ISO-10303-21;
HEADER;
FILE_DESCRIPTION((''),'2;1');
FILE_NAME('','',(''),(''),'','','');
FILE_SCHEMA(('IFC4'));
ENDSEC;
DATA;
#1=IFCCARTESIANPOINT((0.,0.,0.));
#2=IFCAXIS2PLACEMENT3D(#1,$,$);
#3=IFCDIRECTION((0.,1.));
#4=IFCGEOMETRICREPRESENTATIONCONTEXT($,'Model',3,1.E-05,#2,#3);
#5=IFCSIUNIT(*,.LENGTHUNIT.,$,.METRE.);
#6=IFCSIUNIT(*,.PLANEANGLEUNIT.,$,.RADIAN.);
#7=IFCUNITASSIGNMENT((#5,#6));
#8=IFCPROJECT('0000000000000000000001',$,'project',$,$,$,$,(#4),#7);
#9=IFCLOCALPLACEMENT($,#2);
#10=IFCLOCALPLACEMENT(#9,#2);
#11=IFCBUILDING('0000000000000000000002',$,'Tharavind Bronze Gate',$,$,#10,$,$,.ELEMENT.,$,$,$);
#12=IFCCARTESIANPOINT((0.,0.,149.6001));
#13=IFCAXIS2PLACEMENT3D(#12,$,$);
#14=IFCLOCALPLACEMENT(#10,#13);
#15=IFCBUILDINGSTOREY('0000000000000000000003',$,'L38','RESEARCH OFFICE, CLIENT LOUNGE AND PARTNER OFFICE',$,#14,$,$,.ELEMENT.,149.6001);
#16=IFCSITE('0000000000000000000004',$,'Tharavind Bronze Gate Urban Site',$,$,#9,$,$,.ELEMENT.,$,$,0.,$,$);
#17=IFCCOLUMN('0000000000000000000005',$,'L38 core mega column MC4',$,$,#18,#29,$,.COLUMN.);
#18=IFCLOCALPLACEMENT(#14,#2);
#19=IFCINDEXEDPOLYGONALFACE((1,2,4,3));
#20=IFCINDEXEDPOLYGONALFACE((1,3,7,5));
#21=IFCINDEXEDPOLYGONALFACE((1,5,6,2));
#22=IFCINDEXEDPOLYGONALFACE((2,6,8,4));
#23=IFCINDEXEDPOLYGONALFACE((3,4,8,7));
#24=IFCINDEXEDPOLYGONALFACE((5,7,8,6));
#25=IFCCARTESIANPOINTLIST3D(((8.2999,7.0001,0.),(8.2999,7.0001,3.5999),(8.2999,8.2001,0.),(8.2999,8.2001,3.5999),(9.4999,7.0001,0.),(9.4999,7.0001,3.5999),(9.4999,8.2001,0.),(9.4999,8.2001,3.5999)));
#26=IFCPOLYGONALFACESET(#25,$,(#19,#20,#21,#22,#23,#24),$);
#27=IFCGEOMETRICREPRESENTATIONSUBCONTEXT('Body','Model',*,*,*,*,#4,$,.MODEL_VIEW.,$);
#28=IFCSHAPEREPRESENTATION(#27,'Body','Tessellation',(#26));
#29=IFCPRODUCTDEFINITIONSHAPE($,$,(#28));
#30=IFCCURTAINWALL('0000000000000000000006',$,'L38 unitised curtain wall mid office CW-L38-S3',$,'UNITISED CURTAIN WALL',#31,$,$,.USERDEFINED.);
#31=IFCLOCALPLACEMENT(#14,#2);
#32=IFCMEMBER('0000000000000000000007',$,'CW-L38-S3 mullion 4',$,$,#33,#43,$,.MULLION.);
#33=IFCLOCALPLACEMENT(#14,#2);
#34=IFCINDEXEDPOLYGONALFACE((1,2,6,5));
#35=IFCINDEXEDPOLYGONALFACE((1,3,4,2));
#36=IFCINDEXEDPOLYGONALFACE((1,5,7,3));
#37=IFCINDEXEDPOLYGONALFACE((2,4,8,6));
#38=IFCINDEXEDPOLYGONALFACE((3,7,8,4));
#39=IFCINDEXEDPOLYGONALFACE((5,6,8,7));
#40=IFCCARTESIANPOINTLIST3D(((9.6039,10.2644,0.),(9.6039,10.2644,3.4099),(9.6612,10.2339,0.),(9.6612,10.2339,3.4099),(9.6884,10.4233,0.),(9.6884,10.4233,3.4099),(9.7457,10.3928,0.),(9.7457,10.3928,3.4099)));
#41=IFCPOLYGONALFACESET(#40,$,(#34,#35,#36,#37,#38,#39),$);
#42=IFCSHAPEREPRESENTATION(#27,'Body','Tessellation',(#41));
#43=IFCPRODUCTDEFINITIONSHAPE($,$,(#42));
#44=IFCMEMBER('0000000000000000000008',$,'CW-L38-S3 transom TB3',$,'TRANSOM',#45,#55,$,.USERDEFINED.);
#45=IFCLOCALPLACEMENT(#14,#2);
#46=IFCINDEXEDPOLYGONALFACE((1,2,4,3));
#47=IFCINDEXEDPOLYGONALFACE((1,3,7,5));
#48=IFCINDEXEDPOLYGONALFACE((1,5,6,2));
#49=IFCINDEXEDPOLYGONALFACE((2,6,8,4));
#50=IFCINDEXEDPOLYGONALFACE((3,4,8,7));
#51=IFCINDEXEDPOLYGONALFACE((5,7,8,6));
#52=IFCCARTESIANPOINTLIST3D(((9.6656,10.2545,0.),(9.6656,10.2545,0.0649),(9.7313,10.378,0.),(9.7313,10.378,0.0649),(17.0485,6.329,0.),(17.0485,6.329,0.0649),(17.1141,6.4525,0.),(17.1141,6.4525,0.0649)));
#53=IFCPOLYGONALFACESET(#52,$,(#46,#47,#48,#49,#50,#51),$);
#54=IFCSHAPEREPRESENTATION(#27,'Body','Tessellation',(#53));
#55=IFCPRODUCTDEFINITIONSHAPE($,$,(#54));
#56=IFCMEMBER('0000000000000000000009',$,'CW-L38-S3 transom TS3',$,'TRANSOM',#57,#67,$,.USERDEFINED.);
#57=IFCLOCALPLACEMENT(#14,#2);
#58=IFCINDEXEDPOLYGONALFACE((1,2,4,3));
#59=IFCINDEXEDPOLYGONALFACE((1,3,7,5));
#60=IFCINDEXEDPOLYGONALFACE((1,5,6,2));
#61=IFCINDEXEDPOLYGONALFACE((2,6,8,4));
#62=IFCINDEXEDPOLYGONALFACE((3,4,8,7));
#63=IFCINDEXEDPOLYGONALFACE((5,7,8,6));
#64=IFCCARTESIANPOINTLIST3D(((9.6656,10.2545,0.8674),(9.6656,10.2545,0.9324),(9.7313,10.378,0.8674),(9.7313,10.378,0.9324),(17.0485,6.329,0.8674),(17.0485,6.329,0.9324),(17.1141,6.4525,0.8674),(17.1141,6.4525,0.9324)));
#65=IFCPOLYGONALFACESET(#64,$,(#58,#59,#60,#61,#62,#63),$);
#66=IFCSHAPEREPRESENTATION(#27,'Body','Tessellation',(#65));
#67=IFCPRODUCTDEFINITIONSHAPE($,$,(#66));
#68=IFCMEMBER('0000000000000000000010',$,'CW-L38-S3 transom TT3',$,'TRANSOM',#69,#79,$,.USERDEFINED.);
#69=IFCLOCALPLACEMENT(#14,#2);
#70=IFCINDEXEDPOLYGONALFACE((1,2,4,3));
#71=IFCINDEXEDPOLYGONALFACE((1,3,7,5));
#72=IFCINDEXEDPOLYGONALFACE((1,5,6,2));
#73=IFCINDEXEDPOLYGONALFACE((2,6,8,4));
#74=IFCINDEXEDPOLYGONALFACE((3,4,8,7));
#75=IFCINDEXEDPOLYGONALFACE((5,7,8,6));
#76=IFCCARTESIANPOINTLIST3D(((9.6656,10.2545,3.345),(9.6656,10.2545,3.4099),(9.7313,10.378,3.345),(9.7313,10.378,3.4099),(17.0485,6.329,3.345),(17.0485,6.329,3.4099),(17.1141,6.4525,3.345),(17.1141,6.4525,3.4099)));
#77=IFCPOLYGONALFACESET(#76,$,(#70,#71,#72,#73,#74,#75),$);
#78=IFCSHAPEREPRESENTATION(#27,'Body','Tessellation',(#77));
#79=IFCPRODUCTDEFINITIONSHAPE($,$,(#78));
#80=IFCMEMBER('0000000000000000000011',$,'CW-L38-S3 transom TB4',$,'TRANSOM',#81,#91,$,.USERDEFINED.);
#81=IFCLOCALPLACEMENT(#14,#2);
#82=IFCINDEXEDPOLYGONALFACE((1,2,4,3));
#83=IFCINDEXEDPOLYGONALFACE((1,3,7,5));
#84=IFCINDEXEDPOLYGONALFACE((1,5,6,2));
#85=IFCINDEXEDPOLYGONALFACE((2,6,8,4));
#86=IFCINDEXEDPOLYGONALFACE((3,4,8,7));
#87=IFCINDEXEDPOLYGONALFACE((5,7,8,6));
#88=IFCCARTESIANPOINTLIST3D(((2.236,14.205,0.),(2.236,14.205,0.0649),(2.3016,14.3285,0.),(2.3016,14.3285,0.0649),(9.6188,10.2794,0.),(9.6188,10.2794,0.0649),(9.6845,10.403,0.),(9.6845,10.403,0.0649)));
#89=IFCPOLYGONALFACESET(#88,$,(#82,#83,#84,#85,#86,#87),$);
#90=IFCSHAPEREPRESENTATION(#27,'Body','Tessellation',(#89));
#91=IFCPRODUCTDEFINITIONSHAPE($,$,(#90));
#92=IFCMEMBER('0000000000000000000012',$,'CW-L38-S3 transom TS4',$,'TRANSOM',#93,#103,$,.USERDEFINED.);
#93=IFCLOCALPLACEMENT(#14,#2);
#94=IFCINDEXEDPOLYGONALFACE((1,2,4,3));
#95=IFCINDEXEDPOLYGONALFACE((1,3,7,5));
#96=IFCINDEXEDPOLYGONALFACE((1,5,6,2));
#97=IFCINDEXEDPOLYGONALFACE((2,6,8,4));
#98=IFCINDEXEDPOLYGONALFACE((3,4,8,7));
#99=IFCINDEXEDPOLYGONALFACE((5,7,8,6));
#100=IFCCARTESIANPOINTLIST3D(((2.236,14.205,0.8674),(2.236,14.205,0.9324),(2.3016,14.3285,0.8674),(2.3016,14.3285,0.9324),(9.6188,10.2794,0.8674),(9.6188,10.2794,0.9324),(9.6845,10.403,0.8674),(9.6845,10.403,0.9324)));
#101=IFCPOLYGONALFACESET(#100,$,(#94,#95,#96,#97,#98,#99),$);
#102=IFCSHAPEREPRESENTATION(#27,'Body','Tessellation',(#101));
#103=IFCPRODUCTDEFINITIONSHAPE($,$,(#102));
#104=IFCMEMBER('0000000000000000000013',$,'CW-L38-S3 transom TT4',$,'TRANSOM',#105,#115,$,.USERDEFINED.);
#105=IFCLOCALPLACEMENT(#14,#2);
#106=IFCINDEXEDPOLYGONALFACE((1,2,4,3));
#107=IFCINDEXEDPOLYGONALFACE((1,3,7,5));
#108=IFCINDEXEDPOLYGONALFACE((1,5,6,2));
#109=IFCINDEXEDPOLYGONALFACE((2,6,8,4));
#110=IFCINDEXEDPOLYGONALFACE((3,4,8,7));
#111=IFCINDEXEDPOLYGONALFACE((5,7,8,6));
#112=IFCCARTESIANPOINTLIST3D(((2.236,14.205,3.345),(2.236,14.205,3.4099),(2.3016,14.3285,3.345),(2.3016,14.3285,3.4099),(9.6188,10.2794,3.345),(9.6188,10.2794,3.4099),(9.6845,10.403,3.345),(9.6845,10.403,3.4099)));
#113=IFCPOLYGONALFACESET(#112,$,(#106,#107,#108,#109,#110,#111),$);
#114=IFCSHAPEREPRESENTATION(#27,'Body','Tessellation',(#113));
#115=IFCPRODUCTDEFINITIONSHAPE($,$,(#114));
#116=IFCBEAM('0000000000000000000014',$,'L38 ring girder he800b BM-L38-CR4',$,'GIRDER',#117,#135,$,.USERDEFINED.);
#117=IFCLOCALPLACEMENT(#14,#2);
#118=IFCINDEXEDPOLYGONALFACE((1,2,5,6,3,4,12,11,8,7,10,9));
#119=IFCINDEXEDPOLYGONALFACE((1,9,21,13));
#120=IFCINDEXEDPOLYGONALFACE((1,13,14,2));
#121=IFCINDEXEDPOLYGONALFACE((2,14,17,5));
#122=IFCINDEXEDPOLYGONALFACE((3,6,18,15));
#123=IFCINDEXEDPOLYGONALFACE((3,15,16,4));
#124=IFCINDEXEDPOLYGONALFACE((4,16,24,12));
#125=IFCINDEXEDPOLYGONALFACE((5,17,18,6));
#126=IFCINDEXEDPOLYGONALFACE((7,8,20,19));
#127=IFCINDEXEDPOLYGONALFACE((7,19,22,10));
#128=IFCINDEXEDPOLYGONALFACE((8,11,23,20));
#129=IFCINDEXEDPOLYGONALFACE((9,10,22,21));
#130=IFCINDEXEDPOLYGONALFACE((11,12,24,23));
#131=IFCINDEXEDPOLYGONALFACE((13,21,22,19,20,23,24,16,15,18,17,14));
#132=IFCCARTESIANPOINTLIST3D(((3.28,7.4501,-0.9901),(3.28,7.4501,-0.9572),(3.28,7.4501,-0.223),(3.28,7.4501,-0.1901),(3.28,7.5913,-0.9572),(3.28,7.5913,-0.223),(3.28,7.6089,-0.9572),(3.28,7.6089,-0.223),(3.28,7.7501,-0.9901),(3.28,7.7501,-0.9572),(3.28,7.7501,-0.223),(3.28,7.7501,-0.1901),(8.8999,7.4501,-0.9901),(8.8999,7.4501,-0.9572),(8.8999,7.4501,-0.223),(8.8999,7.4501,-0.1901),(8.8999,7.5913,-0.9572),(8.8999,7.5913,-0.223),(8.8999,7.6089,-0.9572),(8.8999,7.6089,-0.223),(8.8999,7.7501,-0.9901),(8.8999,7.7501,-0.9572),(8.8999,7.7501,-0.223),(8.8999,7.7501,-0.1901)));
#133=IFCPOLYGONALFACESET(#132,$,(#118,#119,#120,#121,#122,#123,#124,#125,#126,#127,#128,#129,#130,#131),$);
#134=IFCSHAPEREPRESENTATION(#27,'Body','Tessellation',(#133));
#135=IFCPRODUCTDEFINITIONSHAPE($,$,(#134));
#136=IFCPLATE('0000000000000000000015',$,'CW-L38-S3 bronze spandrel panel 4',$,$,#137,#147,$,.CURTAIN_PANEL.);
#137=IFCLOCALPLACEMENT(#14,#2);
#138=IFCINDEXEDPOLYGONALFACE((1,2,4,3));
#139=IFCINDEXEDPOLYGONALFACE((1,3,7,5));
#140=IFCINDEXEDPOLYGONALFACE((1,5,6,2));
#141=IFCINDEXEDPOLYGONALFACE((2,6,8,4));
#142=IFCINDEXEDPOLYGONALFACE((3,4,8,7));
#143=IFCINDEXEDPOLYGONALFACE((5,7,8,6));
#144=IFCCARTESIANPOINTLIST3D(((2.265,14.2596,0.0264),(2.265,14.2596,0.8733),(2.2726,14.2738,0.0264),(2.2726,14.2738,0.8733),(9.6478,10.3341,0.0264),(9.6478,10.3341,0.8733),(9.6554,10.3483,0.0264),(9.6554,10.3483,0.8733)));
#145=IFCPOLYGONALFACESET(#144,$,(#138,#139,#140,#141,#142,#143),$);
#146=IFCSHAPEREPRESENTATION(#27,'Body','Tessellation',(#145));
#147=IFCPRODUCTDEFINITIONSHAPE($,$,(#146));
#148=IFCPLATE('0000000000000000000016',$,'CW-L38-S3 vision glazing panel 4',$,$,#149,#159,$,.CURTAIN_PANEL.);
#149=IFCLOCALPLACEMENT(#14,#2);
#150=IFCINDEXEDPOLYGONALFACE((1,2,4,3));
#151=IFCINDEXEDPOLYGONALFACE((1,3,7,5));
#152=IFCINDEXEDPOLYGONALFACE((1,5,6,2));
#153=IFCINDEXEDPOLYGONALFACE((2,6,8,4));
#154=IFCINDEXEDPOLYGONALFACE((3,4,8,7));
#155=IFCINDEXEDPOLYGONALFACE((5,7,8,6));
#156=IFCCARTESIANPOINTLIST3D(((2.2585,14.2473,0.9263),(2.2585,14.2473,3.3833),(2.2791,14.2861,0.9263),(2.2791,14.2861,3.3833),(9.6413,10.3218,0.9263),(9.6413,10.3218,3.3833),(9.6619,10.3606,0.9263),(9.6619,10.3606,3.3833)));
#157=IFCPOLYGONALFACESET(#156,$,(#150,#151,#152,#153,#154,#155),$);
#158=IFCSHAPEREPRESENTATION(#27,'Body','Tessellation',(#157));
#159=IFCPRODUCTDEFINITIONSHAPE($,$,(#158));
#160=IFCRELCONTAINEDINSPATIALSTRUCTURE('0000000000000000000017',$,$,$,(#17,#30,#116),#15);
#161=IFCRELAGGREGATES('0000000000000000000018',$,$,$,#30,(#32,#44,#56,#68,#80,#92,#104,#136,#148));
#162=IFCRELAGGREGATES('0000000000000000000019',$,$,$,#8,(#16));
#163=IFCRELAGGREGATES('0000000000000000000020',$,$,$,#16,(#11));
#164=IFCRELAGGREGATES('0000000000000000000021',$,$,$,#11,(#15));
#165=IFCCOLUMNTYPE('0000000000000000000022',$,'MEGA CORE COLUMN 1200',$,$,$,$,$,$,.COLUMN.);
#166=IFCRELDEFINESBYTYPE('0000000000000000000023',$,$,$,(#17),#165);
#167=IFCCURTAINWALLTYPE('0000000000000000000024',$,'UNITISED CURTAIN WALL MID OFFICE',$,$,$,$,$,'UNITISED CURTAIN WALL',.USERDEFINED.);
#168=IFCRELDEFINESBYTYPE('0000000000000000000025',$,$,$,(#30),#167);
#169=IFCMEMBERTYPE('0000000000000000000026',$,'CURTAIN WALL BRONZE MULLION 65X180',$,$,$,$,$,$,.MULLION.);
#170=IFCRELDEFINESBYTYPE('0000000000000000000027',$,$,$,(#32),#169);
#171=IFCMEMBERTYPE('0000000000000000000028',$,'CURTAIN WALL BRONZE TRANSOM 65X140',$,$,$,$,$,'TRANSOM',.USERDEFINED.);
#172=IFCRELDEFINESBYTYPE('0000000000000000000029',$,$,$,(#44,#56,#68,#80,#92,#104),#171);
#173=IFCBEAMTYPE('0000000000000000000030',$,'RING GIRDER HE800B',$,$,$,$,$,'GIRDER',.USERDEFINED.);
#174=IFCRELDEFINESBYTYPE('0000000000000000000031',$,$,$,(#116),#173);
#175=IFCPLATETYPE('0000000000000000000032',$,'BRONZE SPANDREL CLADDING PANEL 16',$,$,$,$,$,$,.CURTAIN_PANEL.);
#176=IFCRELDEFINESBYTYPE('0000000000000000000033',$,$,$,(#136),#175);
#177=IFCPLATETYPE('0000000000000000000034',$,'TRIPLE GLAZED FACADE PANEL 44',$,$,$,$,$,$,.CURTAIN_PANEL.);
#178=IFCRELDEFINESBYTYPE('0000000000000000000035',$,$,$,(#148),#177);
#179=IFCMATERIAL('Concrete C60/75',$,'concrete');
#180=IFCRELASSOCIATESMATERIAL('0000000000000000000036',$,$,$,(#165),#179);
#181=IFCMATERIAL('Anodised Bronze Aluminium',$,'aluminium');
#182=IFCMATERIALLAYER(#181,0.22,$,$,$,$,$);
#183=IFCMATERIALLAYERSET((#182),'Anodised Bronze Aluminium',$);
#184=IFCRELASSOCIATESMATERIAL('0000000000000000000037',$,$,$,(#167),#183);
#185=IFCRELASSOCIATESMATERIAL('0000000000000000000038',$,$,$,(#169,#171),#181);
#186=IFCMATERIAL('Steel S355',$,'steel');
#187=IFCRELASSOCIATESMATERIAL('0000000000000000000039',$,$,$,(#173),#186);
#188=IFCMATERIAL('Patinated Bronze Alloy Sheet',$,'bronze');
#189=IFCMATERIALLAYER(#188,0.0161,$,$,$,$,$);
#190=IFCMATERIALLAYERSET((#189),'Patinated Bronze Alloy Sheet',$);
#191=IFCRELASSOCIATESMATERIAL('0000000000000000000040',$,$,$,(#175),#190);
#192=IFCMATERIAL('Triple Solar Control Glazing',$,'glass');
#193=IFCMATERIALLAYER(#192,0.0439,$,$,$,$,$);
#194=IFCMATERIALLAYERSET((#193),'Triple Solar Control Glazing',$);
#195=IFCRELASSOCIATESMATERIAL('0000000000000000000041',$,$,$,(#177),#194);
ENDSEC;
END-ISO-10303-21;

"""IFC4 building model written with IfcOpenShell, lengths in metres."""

from ifc_helpers import new_model, si_unit, direction, frame, origin, origin_2d, place, context, subcontext, project, spatial, rectangle, i_section, extrude, material, layer, layer_set, material_profile, profile_set, type_object, element, aggregate, save


model = new_model("IFC4")

# Units and contexts
model_context = context("Model", 3, precision=1e-05, world=origin(), true_north=direction((0.0, 1.0)))
body_context = subcontext(model_context, "Body", "Model", "MODEL_VIEW")
ifc_project = project(units=[si_unit("LENGTHUNIT", "METRE"), si_unit("PLANEANGLEUNIT", "RADIAN")], contexts=[model_context])

# Site, building, storey
site_placement = place(None, origin())
site = spatial("IfcSite", under=ifc_project, at=site_placement, Name="Tharavind Bronze Gate Urban Site", CompositionType="ELEMENT", RefElevation=0.0)
building_placement = place(site_placement, origin())
building = spatial("IfcBuilding", under=site, at=building_placement, Name="Tharavind Bronze Gate", CompositionType="ELEMENT")
storey_placement = place(building_placement, frame((0.0, 0.0, 149.6001)))
storey = spatial("IfcBuildingStorey", under=building, at=storey_placement, Name="L38", Description="RESEARCH OFFICE, CLIENT LOUNGE AND PARTNER OFFICE", CompositionType="ELEMENT", Elevation=149.6001)

# Column
ifc_material_1 = material(Name="Concrete C60/75", Category="concrete")
ifc_material_profile_1 = material_profile(ifc_material_1, rectangle(XDim=1.2, YDim=1.2, at=origin_2d()), Name="RCCOL1200")
ifc_profile_set_1 = profile_set([ifc_material_profile_1], Name="Concrete C60/75")
column_type = type_object("IfcColumnType", Name="MEGA CORE COLUMN 1200", PredefinedType="COLUMN", material=ifc_profile_set_1)
column_placement = place(storey_placement, frame((8.8999, 7.6001, 0.0), z_axis=(0.0, 0.0, 1.0), x_axis=(1.0, 0.0, 0.0)))
element("IfcColumn", 1, at=column_placement, inside=storey, type_object=column_type, Name="L38 core mega column MC4", PredefinedType="COLUMN", context=body_context, shape_type="SweptSolid", body=[
    extrude(rectangle(XDim=1.2, YDim=1.2, at=origin_2d()), origin(), (0.0, 0.0, 1.0), 3.5999),
])

# Curtain wall, members
ifc_material_2 = material(Name="Anodised Bronze Aluminium", Category="aluminium")
ifc_layer_1 = layer(ifc_material_2, 0.22)
ifc_layer_set_1 = layer_set([ifc_layer_1], Name="Anodised Bronze Aluminium")
curtain_wall_type = type_object("IfcCurtainWallType", Name="UNITISED CURTAIN WALL MID OFFICE", ElementType="UNITISED CURTAIN WALL", PredefinedType="USERDEFINED", material=ifc_layer_set_1)
curtain_wall_placement = place(storey_placement, origin())
curtain_wall = element("IfcCurtainWall", 2, at=curtain_wall_placement, inside=storey, type_object=curtain_wall_type, Name="L38 unitised curtain wall mid office CW-L38-S3", ObjectType="UNITISED CURTAIN WALL", PredefinedType="USERDEFINED")
member_type_1 = type_object("IfcMemberType", Name="CURTAIN WALL BRONZE MULLION 65X180", PredefinedType="MULLION", material=ifc_material_2)
member_1_placement = place(storey_placement, frame((9.6748, 10.3286, 0.0), z_axis=(0.0, 0.0, 1.0), x_axis=(-0.882948, 0.469472, 0.0)))
member_1 = element("IfcMember", 3, at=member_1_placement, type_object=member_type_1, Name="CW-L38-S3 mullion 4", PredefinedType="MULLION", context=body_context, shape_type="SweptSolid", body=[
    extrude(rectangle(XDim=0.0649, YDim=0.1799, at=origin_2d()), origin(), (0.0, 0.0, 1.0), 3.4099),
])
member_type_2 = type_object("IfcMemberType", Name="CURTAIN WALL BRONZE TRANSOM 65X140", ElementType="TRANSOM", PredefinedType="USERDEFINED", material=ifc_material_2)
member_2_placement = place(storey_placement, frame((13.3899, 8.3535, 0.0), z_axis=(0.0, 0.0, 1.0), x_axis=(-0.882948, 0.469472, 0.0)))
member_2 = element("IfcMember", 4, at=member_2_placement, type_object=member_type_2, Name="CW-L38-S3 transom TB3", ObjectType="TRANSOM", PredefinedType="USERDEFINED", context=body_context, shape_type="SweptSolid", body=[
    extrude(rectangle(XDim=8.3616, YDim=0.1399, at=origin_2d()), origin(), (0.0, 0.0, 1.0), 0.0649),
])
member_3_placement = place(storey_placement, frame((13.3899, 8.3535, 0.8674), z_axis=(0.0, 0.0, 1.0), x_axis=(-0.882948, 0.469472, 0.0)))
member_3 = element("IfcMember", 5, at=member_3_placement, type_object=member_type_2, Name="CW-L38-S3 transom TS3", ObjectType="TRANSOM", PredefinedType="USERDEFINED", context=body_context, shape_type="SweptSolid", body=[
    extrude(rectangle(XDim=8.3616, YDim=0.1399, at=origin_2d()), origin(), (0.0, 0.0, 1.0), 0.0649),
])
member_4_placement = place(storey_placement, frame((13.3899, 8.3535, 3.345), z_axis=(0.0, 0.0, 1.0), x_axis=(-0.882948, 0.469472, 0.0)))
member_4 = element("IfcMember", 6, at=member_4_placement, type_object=member_type_2, Name="CW-L38-S3 transom TT3", ObjectType="TRANSOM", PredefinedType="USERDEFINED", context=body_context, shape_type="SweptSolid", body=[
    extrude(rectangle(XDim=8.3616, YDim=0.1399, at=origin_2d()), origin(), (0.0, 0.0, 1.0), 0.0649),
])
member_5_placement = place(storey_placement, frame((5.9602, 12.304, 0.0), z_axis=(0.0, 0.0, 1.0), x_axis=(-0.882948, 0.469472, 0.0)))
member_5 = element("IfcMember", 7, at=member_5_placement, type_object=member_type_2, Name="CW-L38-S3 transom TB4", ObjectType="TRANSOM", PredefinedType="USERDEFINED", context=body_context, shape_type="SweptSolid", body=[
    extrude(rectangle(XDim=8.3616, YDim=0.1399, at=origin_2d()), origin(), (0.0, 0.0, 1.0), 0.0649),
])
member_6_placement = place(storey_placement, frame((5.9602, 12.304, 0.8674), z_axis=(0.0, 0.0, 1.0), x_axis=(-0.882948, 0.469472, 0.0)))
member_6 = element("IfcMember", 8, at=member_6_placement, type_object=member_type_2, Name="CW-L38-S3 transom TS4", ObjectType="TRANSOM", PredefinedType="USERDEFINED", context=body_context, shape_type="SweptSolid", body=[
    extrude(rectangle(XDim=8.3616, YDim=0.1399, at=origin_2d()), origin(), (0.0, 0.0, 1.0), 0.0649),
])
member_7_placement = place(storey_placement, frame((5.9602, 12.304, 3.345), z_axis=(0.0, 0.0, 1.0), x_axis=(-0.882948, 0.469472, 0.0)))
member_7 = element("IfcMember", 9, at=member_7_placement, type_object=member_type_2, Name="CW-L38-S3 transom TT4", ObjectType="TRANSOM", PredefinedType="USERDEFINED", context=body_context, shape_type="SweptSolid", body=[
    extrude(rectangle(XDim=8.3616, YDim=0.1399, at=origin_2d()), origin(), (0.0, 0.0, 1.0), 0.0649),
])

# Beam
ifc_material_3 = material(Name="Steel S355", Category="steel")
ifc_material_profile_2 = material_profile(ifc_material_3, i_section(OverallWidth=0.3, OverallDepth=0.8, WebThickness=0.0176, FlangeThickness=0.033, at=origin_2d()), Name="HE800B")
ifc_profile_set_2 = profile_set([ifc_material_profile_2], Name="Steel S355")
beam_type = type_object("IfcBeamType", Name="RING GIRDER HE800B", ElementType="GIRDER", PredefinedType="USERDEFINED", material=ifc_profile_set_2)
beam_placement = place(storey_placement, frame((8.8999, 7.6001, -0.5901), z_axis=(-1.0, 0.0, 0.0), x_axis=(0.0, -1.0, 0.0)))
element("IfcBeam", 10, at=beam_placement, inside=storey, type_object=beam_type, Name="L38 ring girder he800b BM-L38-CR4", ObjectType="GIRDER", PredefinedType="USERDEFINED", context=body_context, shape_type="SweptSolid", body=[
    extrude(i_section(OverallWidth=0.3, OverallDepth=0.8, WebThickness=0.0176, FlangeThickness=0.033, at=origin_2d()), origin(), (0.0, 0.0, 1.0), 5.6199),
])

# Plates
ifc_material_4 = material(Name="Patinated Bronze Alloy Sheet", Category="bronze")
ifc_layer_2 = layer(ifc_material_4, 0.0161)
ifc_layer_set_2 = layer_set([ifc_layer_2], Name="Patinated Bronze Alloy Sheet")
plate_type_1 = type_object("IfcPlateType", Name="BRONZE SPANDREL CLADDING PANEL 16", PredefinedType="CURTAIN_PANEL", material=ifc_layer_set_2)
plate_1_placement = place(storey_placement, frame((5.9602, 12.304, 0.0264), z_axis=(0.0, 0.0, 1.0), x_axis=(-0.882948, 0.469472, 0.0)))
plate_1 = element("IfcPlate", 11, at=plate_1_placement, type_object=plate_type_1, Name="CW-L38-S3 bronze spandrel panel 4", PredefinedType="CURTAIN_PANEL", context=body_context, shape_type="SweptSolid", body=[
    extrude(rectangle(XDim=8.3616, YDim=0.0161, at=origin_2d()), origin(), (0.0, 0.0, 1.0), 0.8469),
])
ifc_material_5 = material(Name="Triple Solar Control Glazing", Category="glass")
ifc_layer_3 = layer(ifc_material_5, 0.0439)
ifc_layer_set_3 = layer_set([ifc_layer_3], Name="Triple Solar Control Glazing")
plate_type_2 = type_object("IfcPlateType", Name="TRIPLE GLAZED FACADE PANEL 44", PredefinedType="CURTAIN_PANEL", material=ifc_layer_set_3)
plate_2_placement = place(storey_placement, frame((5.9602, 12.304, 0.9263), z_axis=(0.0, 0.0, 1.0), x_axis=(-0.882948, 0.469472, 0.0)))
plate_2 = element("IfcPlate", 12, at=plate_2_placement, type_object=plate_type_2, Name="CW-L38-S3 vision glazing panel 4", PredefinedType="CURTAIN_PANEL", context=body_context, shape_type="SweptSolid", body=[
    extrude(rectangle(XDim=8.3616, YDim=0.0439, at=origin_2d()), origin(), (0.0, 0.0, 1.0), 2.457),
])
aggregate(curtain_wall, [member_1, member_2, member_3, member_4, member_5, member_6, member_7, plate_1, plate_2])

save(model, "model.ifc")
